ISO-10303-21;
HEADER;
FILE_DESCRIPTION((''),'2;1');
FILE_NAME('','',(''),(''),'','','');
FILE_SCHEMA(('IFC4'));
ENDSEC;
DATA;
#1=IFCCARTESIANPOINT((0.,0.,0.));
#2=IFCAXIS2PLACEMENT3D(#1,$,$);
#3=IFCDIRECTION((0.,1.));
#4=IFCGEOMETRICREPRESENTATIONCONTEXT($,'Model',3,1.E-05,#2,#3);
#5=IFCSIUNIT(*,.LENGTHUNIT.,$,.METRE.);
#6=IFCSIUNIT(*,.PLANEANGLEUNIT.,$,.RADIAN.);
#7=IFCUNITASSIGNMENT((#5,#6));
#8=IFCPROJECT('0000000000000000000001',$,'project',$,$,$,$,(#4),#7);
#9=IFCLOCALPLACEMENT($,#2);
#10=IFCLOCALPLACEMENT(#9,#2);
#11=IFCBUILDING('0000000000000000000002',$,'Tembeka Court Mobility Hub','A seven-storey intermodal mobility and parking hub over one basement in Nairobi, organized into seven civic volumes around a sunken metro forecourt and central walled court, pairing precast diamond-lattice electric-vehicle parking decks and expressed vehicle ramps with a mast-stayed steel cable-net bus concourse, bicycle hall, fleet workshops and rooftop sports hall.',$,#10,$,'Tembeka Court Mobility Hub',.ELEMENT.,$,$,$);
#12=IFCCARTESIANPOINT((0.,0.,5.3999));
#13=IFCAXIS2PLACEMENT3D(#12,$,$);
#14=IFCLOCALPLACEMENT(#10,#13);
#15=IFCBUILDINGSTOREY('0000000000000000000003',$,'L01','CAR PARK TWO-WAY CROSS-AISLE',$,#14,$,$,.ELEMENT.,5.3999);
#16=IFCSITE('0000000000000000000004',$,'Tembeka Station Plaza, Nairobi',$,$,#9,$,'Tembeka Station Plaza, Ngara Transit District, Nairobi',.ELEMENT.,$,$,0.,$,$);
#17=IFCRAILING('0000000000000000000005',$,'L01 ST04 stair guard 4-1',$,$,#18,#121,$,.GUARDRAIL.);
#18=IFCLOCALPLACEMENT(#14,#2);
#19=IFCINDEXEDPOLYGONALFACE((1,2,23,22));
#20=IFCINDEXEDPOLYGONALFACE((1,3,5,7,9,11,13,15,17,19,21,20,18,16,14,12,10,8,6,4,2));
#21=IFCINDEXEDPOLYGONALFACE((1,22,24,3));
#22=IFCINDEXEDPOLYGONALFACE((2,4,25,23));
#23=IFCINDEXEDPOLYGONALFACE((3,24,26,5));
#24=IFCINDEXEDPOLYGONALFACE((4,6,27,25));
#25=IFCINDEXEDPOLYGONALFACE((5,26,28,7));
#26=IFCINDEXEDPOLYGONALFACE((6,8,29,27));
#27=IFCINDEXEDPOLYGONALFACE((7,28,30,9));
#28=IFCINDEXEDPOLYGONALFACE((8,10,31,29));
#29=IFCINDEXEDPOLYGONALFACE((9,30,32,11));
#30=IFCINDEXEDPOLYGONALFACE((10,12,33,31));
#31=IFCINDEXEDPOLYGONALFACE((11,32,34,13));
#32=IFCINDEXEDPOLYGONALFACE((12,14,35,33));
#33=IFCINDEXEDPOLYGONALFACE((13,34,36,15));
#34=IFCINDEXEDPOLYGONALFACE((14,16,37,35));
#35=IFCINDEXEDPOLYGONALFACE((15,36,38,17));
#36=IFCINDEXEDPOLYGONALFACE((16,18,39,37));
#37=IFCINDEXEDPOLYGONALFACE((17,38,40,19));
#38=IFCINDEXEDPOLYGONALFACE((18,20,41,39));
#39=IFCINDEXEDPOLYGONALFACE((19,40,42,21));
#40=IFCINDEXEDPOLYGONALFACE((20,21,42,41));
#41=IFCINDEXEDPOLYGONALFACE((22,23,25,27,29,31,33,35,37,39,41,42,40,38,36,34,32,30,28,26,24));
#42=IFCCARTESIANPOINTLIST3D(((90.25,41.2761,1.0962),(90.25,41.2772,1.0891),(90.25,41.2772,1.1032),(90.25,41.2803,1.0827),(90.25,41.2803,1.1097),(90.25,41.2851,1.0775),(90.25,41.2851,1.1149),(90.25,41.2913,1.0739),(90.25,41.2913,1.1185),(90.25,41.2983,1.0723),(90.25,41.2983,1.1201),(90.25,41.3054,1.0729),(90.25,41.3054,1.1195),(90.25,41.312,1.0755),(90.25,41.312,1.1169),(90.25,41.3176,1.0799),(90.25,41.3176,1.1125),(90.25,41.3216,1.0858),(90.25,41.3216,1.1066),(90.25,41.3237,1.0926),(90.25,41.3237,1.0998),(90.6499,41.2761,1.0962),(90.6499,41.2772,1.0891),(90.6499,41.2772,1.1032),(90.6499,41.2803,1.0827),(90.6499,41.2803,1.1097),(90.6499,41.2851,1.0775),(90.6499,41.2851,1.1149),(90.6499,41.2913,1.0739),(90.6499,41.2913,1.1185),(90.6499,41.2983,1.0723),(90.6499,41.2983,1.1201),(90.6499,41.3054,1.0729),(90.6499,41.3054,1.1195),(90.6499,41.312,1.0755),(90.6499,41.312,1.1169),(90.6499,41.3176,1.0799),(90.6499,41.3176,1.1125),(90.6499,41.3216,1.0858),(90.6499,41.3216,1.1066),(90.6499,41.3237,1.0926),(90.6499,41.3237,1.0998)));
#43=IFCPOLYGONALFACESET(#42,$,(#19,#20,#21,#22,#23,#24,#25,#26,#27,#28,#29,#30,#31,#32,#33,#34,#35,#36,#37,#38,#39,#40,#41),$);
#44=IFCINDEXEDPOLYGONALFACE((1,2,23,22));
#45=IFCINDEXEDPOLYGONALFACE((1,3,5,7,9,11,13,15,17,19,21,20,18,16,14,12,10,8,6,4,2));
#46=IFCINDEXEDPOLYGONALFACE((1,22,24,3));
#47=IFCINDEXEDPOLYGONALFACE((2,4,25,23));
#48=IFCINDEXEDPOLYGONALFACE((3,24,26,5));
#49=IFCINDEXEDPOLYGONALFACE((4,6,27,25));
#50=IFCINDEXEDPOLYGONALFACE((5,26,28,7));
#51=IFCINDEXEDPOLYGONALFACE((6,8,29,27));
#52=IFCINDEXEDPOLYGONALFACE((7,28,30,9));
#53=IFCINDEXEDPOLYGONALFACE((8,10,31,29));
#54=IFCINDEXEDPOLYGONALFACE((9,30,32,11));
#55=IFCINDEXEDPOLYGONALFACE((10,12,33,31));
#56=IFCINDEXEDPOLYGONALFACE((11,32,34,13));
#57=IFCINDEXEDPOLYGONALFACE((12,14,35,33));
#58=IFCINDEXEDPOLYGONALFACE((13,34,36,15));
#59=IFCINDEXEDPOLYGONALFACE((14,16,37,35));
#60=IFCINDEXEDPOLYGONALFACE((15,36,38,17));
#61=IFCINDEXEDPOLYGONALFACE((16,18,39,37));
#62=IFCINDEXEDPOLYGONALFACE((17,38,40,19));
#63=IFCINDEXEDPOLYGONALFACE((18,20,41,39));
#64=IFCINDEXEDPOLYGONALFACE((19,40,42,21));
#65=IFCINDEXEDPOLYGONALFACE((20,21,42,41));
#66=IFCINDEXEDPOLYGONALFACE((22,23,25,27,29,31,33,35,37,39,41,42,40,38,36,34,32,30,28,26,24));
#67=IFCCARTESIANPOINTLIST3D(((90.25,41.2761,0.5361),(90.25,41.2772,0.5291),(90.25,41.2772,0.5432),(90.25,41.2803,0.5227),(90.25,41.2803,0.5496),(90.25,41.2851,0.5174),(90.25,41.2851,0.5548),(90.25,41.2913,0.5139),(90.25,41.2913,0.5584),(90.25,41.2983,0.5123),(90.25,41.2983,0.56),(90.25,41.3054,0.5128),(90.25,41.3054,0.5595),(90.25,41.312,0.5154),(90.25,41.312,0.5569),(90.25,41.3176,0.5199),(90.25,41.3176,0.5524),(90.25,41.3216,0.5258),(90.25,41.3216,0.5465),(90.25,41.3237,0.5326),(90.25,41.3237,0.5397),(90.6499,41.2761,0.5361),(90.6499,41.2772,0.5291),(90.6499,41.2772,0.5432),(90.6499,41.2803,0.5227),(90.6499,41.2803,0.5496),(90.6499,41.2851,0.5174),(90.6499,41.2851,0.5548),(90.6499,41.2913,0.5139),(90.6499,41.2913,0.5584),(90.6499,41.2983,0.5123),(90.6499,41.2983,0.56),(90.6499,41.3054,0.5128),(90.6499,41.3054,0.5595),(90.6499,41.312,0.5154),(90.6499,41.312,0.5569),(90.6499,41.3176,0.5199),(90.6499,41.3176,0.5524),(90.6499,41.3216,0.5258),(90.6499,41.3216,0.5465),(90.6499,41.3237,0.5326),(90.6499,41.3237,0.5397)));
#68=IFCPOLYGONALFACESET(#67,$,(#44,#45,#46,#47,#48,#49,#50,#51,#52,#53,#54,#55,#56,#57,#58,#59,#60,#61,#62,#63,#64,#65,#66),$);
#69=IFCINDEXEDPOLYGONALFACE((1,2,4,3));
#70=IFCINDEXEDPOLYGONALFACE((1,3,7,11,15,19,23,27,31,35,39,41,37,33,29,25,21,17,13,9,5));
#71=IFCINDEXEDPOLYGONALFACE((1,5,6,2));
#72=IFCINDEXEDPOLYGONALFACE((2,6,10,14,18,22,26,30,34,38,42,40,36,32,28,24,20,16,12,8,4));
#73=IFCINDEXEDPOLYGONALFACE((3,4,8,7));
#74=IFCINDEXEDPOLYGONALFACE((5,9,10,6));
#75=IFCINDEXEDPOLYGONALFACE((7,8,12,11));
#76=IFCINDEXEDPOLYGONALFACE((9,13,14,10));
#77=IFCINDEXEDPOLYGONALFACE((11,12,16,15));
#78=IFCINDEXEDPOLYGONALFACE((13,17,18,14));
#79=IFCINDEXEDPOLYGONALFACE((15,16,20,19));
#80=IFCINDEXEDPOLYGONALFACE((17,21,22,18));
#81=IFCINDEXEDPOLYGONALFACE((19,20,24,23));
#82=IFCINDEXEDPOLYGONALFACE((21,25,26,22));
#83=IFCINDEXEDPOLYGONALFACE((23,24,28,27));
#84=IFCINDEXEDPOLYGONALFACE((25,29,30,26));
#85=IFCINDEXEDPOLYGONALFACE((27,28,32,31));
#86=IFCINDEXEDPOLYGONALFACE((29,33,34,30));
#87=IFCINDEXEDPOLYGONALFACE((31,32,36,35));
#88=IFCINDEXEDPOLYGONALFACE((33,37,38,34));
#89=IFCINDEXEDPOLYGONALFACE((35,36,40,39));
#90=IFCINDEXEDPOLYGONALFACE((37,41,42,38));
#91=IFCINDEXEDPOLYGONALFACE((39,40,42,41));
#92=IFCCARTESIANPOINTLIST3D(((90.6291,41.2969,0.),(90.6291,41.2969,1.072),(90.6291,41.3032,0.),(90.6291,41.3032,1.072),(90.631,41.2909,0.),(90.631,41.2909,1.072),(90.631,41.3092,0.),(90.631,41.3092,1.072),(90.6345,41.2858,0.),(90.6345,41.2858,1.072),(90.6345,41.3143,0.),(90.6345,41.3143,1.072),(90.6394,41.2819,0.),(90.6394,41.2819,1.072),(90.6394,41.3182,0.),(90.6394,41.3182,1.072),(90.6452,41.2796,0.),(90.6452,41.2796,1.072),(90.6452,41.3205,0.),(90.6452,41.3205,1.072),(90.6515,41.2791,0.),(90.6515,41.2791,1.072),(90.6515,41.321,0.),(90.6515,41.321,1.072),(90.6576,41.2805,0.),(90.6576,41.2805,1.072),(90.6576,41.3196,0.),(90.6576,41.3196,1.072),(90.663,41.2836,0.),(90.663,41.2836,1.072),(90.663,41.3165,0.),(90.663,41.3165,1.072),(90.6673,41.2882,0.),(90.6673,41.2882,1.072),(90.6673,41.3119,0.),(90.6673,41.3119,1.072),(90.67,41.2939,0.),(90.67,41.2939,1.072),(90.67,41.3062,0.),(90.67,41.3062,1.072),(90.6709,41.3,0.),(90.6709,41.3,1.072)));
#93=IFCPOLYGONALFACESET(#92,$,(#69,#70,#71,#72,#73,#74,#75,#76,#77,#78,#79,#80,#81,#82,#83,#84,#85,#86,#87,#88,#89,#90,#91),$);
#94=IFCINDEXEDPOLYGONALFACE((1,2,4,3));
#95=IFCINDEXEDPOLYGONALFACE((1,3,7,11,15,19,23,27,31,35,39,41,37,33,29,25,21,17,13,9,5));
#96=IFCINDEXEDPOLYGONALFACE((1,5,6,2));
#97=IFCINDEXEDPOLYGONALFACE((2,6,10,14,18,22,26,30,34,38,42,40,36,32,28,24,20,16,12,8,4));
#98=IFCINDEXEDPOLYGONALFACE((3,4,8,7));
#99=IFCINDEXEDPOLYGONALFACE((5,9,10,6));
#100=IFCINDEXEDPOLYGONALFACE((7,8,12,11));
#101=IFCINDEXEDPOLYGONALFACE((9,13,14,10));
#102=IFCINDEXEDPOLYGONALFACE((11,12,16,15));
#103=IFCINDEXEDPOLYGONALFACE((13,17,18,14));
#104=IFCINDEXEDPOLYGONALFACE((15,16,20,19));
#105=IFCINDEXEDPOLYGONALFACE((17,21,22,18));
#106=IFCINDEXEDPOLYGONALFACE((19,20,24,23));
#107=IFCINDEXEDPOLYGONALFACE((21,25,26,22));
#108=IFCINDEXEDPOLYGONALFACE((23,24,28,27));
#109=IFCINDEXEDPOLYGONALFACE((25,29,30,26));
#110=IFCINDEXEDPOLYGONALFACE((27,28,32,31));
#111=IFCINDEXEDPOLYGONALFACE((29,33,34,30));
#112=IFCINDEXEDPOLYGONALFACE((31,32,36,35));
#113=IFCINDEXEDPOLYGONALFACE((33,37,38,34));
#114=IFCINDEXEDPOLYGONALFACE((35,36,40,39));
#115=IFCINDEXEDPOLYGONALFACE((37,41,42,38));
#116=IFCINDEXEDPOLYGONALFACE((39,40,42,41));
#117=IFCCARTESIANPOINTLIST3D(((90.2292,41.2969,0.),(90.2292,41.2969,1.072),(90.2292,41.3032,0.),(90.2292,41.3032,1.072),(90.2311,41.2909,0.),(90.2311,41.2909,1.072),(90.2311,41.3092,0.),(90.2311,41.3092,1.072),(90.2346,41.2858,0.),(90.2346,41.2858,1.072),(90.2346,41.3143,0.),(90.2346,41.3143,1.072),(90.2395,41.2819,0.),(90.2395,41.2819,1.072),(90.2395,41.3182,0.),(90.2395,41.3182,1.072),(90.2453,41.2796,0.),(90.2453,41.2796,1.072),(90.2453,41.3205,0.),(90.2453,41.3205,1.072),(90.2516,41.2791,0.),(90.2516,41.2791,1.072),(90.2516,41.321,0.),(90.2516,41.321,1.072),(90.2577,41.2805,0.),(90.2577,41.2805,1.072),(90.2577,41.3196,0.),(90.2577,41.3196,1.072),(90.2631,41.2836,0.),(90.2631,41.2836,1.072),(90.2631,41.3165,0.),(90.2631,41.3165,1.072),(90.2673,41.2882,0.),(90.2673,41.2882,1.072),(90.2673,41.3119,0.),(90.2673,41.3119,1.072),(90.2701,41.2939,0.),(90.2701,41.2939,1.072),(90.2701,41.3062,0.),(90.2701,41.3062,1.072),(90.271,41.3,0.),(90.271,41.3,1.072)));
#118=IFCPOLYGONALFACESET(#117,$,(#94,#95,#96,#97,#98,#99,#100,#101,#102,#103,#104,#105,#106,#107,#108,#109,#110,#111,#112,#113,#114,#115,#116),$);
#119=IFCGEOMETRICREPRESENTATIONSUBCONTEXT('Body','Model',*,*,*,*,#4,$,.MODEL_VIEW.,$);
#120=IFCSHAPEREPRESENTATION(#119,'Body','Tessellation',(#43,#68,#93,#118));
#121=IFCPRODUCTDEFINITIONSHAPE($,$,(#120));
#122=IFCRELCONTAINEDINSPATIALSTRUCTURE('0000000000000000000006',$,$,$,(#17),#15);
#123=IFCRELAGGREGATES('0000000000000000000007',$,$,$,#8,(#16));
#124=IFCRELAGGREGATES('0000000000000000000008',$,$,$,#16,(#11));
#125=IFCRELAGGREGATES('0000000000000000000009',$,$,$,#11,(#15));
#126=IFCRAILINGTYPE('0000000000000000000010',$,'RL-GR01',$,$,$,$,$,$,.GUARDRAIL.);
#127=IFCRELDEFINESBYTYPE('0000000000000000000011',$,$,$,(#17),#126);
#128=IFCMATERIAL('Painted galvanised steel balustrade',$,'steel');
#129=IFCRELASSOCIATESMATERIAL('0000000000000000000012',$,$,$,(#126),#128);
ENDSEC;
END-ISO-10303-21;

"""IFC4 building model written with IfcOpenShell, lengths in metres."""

from ifc_helpers import new_model, si_unit, direction, frame, origin, origin_2d, place, context, subcontext, project, spatial, circle, extrude, material, type_object, element, save


model = new_model("IFC4")

# Units and contexts
model_context = context("Model", 3, precision=1e-05, world=origin(), true_north=direction((0.0, 1.0)))
body_context = subcontext(model_context, "Body", "Model", "MODEL_VIEW")
ifc_project = project(units=[si_unit("LENGTHUNIT", "METRE"), si_unit("PLANEANGLEUNIT", "RADIAN")], contexts=[model_context])

# Site, building, storey
site_placement = place(None, origin())
site = spatial("IfcSite", under=ifc_project, at=site_placement, Name="Tembeka Station Plaza, Nairobi", LongName="Tembeka Station Plaza, Ngara Transit District, Nairobi", CompositionType="ELEMENT", RefElevation=0.0)
building_placement = place(site_placement, origin())
building = spatial("IfcBuilding", under=site, at=building_placement, Name="Tembeka Court Mobility Hub", Description="A seven-storey intermodal mobility and parking hub over one basement in Nairobi, organized into seven civic volumes around a sunken metro forecourt and central walled court, pairing precast diamond-lattice electric-vehicle parking decks and expressed vehicle ramps with a mast-stayed steel cable-net bus concourse, bicycle hall, fleet workshops and rooftop sports hall.", LongName="Tembeka Court Mobility Hub", CompositionType="ELEMENT")
storey_placement = place(building_placement, frame((0.0, 0.0, 5.3999)))
storey = spatial("IfcBuildingStorey", under=building, at=storey_placement, Name="L01", Description="CAR PARK TWO-WAY CROSS-AISLE", CompositionType="ELEMENT", Elevation=5.3999)

# Railing
ifc_material_1 = material(Name="Painted galvanised steel balustrade", Category="steel")
railing_type_1 = type_object("IfcRailingType", Name="RL-GR01", PredefinedType="GUARDRAIL", material=ifc_material_1)
railing_1_placement = place(storey_placement, frame((90.6499, 41.3, 0.0)))
element("IfcRailing", 1, at=railing_1_placement, inside=storey, type_object=railing_type_1, Name="L01 ST04 stair guard 4-1", PredefinedType="GUARDRAIL", context=body_context, shape_type="SweptSolid", body=[
    extrude(circle(Radius=0.0239, at=origin_2d()), frame((0.0, 0.0, 1.0962), z_axis=(-1.0, 0.0, 0.0), x_axis=(0.0, -1.0, 0.0)), (0.0, 0.0, 1.0), 0.3999),
    extrude(circle(Radius=0.0239, at=origin_2d()), frame((0.0, 0.0, 0.5361), z_axis=(-1.0, 0.0, 0.0), x_axis=(0.0, -1.0, 0.0)), (0.0, 0.0, 1.0), 0.3999),
    extrude(circle(Radius=0.021, at=origin_2d()), origin(), (0.0, 0.0, 1.0), 1.072),
    extrude(circle(Radius=0.021, at=origin_2d()), frame((-0.3999, 0.0, 0.0)), (0.0, 0.0, 1.0), 1.072),
])

save(model, "model.ifc")
